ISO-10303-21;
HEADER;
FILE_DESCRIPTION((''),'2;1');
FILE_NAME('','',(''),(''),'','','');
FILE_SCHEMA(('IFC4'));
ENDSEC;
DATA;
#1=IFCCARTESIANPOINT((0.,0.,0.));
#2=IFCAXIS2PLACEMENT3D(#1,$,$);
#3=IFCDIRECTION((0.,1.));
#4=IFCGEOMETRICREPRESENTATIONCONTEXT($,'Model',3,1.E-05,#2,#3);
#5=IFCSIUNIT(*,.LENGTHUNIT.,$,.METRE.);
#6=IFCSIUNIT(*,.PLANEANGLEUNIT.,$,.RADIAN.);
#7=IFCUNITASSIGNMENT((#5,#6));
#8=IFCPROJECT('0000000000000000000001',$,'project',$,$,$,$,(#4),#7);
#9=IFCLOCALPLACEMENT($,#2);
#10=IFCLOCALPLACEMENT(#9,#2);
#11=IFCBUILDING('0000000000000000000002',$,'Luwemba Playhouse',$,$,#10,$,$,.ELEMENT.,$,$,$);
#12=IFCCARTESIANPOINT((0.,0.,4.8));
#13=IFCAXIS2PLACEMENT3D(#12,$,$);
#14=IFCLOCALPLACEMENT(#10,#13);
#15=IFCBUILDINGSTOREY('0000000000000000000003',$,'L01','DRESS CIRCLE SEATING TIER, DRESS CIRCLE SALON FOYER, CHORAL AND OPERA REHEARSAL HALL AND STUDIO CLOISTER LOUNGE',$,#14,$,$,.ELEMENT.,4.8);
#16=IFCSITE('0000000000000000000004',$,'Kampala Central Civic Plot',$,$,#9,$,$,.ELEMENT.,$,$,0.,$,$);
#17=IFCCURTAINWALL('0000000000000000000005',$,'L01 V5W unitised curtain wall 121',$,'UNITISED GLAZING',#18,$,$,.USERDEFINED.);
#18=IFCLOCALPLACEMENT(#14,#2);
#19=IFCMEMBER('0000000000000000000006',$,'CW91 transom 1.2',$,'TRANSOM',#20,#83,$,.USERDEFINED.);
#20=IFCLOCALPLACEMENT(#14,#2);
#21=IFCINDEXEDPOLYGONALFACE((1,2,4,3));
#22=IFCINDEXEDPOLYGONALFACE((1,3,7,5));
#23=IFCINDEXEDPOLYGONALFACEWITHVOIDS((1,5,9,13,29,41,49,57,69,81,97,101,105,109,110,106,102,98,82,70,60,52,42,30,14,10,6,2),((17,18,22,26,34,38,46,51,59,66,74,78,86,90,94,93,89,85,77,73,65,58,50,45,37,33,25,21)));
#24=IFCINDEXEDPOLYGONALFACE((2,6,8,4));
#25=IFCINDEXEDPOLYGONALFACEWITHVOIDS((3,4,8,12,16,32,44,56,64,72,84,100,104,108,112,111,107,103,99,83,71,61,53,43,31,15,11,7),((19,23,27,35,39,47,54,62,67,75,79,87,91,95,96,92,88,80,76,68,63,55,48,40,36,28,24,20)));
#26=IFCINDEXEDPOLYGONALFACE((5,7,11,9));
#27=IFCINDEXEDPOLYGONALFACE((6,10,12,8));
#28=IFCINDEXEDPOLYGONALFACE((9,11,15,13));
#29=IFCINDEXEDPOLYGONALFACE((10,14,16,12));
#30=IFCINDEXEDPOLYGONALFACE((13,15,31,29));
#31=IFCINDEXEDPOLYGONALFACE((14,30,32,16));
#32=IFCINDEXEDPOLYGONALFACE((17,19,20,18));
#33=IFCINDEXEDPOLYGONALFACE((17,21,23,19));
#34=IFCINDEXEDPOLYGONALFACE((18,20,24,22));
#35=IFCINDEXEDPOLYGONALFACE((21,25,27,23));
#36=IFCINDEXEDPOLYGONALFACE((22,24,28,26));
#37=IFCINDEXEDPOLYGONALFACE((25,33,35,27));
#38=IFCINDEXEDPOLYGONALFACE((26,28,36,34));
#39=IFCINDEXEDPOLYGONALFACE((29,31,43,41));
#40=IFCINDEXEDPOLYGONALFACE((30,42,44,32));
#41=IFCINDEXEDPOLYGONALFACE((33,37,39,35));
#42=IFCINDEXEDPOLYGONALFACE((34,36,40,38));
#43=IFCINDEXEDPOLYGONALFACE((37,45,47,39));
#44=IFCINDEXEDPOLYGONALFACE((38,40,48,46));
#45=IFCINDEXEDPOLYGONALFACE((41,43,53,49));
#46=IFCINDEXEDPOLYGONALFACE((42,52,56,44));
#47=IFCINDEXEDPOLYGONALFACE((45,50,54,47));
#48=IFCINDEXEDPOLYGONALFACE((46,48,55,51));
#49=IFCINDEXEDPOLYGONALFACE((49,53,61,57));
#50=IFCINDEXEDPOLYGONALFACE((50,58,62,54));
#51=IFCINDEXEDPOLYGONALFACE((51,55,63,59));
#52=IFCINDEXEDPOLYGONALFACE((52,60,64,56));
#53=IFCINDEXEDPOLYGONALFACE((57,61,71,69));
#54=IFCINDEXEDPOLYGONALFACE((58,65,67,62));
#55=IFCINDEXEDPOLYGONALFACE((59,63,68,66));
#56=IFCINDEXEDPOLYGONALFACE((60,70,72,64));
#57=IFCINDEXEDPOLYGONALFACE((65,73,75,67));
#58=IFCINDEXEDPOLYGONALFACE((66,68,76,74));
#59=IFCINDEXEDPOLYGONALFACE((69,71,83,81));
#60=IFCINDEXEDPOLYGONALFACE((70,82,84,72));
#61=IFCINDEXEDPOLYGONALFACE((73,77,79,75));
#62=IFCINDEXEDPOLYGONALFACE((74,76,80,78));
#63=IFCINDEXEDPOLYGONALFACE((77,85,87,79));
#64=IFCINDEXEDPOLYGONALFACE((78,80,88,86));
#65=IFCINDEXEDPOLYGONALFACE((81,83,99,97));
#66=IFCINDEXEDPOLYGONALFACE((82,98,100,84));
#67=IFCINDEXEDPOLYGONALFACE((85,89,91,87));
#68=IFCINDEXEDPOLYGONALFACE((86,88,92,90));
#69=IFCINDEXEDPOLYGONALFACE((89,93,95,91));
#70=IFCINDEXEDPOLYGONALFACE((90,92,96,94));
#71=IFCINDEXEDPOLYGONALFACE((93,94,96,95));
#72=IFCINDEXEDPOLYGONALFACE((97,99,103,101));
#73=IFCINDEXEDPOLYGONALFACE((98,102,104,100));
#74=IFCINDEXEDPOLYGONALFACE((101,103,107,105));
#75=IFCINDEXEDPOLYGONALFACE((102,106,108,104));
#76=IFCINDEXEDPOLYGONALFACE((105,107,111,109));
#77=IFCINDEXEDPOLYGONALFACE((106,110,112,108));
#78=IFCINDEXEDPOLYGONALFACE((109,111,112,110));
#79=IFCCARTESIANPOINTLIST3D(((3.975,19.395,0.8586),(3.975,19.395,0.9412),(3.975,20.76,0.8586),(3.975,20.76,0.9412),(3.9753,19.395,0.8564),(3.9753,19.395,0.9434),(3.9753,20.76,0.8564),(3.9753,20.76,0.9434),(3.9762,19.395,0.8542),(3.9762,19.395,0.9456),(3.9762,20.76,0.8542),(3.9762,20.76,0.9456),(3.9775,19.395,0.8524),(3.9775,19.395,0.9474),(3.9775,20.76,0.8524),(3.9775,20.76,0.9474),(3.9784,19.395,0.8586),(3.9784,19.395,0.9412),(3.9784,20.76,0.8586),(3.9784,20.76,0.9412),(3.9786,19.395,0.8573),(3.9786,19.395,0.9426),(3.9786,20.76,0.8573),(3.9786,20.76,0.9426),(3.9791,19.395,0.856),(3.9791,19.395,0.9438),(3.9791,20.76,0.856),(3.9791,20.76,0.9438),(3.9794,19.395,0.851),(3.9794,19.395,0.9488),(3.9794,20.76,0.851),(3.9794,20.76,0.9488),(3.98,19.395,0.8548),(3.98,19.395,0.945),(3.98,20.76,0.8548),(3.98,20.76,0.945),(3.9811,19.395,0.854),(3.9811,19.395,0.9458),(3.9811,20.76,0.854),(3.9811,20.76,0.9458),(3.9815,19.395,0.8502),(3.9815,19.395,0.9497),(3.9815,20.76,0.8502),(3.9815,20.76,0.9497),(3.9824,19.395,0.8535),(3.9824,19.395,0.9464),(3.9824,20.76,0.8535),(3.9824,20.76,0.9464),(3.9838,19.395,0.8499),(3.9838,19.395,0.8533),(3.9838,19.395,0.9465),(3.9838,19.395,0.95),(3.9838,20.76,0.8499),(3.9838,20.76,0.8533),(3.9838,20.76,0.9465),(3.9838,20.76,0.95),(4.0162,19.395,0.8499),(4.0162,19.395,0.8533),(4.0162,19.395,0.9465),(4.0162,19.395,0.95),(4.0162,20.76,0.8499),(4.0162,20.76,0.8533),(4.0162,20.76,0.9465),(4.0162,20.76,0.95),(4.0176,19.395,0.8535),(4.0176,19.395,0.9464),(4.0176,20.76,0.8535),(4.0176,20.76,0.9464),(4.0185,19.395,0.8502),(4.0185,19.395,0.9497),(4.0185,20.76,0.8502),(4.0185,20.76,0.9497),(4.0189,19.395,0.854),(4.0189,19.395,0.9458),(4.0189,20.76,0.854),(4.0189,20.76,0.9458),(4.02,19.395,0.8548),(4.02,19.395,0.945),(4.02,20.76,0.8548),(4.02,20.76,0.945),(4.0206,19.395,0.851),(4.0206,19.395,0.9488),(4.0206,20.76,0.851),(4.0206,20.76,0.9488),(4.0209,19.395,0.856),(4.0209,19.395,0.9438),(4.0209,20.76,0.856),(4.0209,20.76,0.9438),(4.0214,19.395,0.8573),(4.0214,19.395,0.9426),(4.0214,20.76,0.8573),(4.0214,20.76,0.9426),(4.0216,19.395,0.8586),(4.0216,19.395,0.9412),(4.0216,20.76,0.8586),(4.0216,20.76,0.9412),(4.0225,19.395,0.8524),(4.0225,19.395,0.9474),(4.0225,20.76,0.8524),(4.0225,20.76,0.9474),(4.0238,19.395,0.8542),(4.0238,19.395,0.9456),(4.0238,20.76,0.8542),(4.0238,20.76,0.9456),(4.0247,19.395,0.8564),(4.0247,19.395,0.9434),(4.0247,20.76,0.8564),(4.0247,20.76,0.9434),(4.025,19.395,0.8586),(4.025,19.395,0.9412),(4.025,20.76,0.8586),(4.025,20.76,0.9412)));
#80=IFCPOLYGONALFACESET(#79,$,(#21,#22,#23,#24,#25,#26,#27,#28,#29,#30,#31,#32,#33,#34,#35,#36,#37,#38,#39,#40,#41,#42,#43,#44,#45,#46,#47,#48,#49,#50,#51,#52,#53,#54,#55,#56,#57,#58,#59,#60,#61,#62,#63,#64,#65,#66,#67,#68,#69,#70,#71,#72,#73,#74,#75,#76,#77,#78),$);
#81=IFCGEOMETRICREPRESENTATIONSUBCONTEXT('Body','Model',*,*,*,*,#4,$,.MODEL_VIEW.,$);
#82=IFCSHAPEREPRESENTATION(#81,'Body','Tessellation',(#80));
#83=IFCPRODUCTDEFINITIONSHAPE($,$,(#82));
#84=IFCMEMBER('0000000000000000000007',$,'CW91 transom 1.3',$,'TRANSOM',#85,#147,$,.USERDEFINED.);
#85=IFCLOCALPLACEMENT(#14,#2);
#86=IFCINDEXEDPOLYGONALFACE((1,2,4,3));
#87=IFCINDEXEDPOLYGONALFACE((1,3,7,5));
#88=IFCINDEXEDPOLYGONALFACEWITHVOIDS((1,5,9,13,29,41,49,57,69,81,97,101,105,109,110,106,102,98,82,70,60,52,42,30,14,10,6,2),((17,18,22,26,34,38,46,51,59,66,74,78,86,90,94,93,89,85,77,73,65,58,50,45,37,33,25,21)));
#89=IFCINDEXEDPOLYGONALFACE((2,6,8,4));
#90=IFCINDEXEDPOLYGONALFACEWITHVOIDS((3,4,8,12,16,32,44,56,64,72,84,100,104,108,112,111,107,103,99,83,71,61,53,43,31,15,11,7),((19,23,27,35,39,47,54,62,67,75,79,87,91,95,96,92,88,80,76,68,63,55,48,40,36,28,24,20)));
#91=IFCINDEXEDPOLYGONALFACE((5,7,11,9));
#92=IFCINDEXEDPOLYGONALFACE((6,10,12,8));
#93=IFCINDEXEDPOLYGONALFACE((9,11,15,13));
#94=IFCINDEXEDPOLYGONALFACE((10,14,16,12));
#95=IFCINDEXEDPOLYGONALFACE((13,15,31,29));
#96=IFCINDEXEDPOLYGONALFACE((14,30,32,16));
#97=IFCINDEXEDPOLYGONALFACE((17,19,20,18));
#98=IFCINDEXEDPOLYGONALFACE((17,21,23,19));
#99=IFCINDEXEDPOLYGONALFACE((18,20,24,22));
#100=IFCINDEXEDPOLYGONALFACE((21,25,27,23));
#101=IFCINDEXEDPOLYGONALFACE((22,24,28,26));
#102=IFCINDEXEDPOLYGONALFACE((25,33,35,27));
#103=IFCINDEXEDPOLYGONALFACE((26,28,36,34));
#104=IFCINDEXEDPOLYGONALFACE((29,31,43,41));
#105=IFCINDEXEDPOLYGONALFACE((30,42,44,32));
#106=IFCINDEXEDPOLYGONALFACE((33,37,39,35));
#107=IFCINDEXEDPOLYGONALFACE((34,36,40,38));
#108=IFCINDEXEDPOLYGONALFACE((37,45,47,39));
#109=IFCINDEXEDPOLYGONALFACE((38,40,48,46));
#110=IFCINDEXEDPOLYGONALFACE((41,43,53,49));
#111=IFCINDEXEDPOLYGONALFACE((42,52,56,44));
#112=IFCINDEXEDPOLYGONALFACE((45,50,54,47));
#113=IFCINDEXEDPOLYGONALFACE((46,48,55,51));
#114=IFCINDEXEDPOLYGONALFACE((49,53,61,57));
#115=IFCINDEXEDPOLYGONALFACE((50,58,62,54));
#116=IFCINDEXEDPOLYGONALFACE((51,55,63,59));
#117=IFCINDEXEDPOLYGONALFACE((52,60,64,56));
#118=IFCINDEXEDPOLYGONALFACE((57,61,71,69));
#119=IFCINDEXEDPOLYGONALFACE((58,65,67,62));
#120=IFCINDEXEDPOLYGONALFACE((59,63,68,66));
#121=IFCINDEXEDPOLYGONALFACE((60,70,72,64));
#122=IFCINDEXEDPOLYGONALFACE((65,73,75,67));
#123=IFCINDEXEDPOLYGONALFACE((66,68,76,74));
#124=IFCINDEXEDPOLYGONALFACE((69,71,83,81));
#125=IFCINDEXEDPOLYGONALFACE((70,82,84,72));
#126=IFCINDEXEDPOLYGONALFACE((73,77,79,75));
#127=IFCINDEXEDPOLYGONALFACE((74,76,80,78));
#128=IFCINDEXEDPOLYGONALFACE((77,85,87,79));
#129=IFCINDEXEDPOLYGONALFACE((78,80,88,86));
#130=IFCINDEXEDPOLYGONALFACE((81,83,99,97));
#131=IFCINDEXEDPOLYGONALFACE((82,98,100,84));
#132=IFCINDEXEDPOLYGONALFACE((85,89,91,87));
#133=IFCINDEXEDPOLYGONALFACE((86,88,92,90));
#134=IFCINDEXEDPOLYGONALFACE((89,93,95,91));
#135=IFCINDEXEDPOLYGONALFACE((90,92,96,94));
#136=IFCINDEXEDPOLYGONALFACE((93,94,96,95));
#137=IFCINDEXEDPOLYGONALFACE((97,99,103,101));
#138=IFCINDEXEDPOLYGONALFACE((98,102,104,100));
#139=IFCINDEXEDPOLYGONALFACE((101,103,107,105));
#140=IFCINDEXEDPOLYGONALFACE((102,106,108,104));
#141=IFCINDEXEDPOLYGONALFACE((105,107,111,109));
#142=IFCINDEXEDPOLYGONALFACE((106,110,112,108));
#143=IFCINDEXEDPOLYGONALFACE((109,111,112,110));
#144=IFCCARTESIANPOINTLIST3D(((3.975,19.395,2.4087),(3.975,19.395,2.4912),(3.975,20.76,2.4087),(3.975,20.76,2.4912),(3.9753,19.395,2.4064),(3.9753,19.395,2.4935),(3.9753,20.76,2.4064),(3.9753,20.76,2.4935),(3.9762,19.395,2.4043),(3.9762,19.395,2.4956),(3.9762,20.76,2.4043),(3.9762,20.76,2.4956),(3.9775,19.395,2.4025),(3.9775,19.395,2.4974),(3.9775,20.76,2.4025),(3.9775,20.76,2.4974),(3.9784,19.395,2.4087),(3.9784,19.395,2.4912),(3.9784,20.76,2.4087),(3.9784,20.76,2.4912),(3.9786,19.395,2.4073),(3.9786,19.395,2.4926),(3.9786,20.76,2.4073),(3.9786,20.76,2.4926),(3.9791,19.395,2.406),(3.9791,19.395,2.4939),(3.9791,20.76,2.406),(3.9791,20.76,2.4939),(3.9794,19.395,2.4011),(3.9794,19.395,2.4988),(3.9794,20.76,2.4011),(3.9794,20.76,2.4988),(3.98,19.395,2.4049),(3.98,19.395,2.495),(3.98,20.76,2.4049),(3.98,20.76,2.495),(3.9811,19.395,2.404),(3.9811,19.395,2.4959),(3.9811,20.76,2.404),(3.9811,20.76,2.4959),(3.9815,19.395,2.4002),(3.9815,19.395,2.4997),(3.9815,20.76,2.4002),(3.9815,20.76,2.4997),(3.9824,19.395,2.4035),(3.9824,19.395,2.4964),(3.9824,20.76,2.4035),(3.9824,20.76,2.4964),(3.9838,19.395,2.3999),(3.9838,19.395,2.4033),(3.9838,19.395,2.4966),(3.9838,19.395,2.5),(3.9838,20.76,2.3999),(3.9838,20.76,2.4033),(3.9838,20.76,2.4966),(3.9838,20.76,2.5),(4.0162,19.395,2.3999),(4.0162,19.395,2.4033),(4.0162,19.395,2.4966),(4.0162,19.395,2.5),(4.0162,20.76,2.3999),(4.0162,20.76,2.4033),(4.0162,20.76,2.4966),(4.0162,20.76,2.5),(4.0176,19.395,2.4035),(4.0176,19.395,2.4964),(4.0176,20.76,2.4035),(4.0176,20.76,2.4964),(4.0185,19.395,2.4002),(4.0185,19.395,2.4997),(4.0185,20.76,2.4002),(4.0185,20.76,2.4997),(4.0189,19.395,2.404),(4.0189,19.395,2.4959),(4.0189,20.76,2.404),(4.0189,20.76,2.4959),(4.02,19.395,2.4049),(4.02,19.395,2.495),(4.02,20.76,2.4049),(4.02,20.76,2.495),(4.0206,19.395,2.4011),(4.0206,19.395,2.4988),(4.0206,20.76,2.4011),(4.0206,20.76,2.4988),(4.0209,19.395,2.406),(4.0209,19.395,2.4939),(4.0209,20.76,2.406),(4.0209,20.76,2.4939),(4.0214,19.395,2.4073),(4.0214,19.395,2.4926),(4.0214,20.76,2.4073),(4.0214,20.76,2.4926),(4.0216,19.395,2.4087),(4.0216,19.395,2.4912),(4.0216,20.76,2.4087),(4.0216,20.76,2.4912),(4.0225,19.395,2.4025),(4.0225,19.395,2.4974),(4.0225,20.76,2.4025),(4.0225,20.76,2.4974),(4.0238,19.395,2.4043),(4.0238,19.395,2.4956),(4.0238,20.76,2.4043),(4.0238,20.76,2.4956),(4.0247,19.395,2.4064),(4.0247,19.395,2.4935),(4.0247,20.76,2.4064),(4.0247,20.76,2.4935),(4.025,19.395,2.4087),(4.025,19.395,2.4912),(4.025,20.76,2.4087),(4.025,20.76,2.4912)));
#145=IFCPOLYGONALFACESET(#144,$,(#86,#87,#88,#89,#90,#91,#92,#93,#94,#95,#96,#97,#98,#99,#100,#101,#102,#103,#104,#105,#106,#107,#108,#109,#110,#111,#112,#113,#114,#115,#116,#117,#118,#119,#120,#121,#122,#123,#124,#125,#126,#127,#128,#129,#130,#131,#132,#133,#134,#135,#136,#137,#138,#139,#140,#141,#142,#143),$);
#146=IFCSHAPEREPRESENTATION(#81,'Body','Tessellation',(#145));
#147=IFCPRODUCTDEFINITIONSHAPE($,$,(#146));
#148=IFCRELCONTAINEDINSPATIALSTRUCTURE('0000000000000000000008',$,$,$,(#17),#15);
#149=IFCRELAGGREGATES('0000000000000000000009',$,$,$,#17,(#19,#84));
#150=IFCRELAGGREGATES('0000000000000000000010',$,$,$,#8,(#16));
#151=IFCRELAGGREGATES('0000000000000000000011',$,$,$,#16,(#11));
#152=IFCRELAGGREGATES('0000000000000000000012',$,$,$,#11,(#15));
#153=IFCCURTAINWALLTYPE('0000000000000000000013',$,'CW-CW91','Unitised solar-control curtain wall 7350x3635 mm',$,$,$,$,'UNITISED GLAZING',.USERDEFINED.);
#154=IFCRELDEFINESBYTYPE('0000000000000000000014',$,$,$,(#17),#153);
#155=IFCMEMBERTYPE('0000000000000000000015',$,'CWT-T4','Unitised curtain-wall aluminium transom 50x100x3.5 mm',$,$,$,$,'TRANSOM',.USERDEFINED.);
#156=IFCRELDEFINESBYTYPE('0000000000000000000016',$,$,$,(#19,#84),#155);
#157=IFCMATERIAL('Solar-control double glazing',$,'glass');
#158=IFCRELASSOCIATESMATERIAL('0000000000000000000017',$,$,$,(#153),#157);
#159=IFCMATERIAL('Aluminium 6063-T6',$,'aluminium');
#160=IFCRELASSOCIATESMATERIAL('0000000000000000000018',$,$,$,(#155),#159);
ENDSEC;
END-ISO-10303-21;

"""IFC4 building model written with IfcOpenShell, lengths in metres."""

from ifc_helpers import new_model, si_unit, direction, frame, origin, origin_2d, place, context, subcontext, project, spatial, hollow_rectangle, extrude, material, material_profile, profile_set, type_object, element, aggregate, save


model = new_model("IFC4")

# Units and contexts
model_context = context("Model", 3, precision=1e-05, world=origin(), true_north=direction((0.0, 1.0)))
body_context = subcontext(model_context, "Body", "Model", "MODEL_VIEW")
ifc_project = project(units=[si_unit("LENGTHUNIT", "METRE"), si_unit("PLANEANGLEUNIT", "RADIAN")], contexts=[model_context])

# Site, building, storey
site_placement = place(None, origin())
site = spatial("IfcSite", under=ifc_project, at=site_placement, Name="Kampala Central Civic Plot", CompositionType="ELEMENT", RefElevation=0.0)
building_placement = place(site_placement, origin())
building = spatial("IfcBuilding", under=site, at=building_placement, Name="Luwemba Playhouse", CompositionType="ELEMENT")
storey_placement = place(building_placement, frame((0.0, 0.0, 4.8)))
storey = spatial("IfcBuildingStorey", under=building, at=storey_placement, Name="L01", Description="DRESS CIRCLE SEATING TIER, DRESS CIRCLE SALON FOYER, CHORAL AND OPERA REHEARSAL HALL AND STUDIO CLOISTER LOUNGE", CompositionType="ELEMENT", Elevation=4.8)

# Curtain wall
ifc_material_1 = material(Name="Solar-control double glazing", Category="glass")
ifc_material_2 = material(Name="Aluminium 6063-T6", Category="aluminium")
curtain_wall_type_1 = type_object("IfcCurtainWallType", Name="CW-CW91", Description="Unitised solar-control curtain wall 7350x3635 mm", ElementType="UNITISED GLAZING", PredefinedType="USERDEFINED", material=ifc_material_1)
curtain_wall_1_placement = place(storey_placement, origin())
curtain_wall_1 = element("IfcCurtainWall", 1, at=curtain_wall_1_placement, inside=storey, type_object=curtain_wall_type_1, Name="L01 V5W unitised curtain wall 121", ObjectType="UNITISED GLAZING", PredefinedType="USERDEFINED")

# Members
ifc_material_profile_1 = material_profile(ifc_material_2, hollow_rectangle(XDim=0.05, YDim=0.1001, WallThickness=0.0034, InnerFilletRadius=0.0054, OuterFilletRadius=0.0088, at=origin_2d()))
ifc_profile_set_1 = profile_set([ifc_material_profile_1], Name="Aluminium 6063-T6")
member_type_1 = type_object("IfcMemberType", Name="CWT-T4", Description="Unitised curtain-wall aluminium transom 50x100x3.5 mm", ElementType="TRANSOM", PredefinedType="USERDEFINED", material=ifc_profile_set_1)
member_1_placement = place(storey_placement, frame((4.0, 19.395, 0.8999), z_axis=(0.0, 1.0, 0.0), x_axis=(-1.0, 0.0, 0.0)))
member_1 = element("IfcMember", 2, at=member_1_placement, type_object=member_type_1, Name="CW91 transom 1.2", ObjectType="TRANSOM", PredefinedType="USERDEFINED", context=body_context, shape_type="SweptSolid", body=[
    extrude(hollow_rectangle(XDim=0.05, YDim=0.1001, WallThickness=0.0034, InnerFilletRadius=0.0054, OuterFilletRadius=0.0088, at=origin_2d()), origin(), (0.0, 0.0, 1.0), 1.365),
])
member_2_placement = place(storey_placement, frame((4.0, 19.395, 2.45), z_axis=(0.0, 1.0, 0.0), x_axis=(-1.0, 0.0, 0.0)))
member_2 = element("IfcMember", 3, at=member_2_placement, type_object=member_type_1, Name="CW91 transom 1.3", ObjectType="TRANSOM", PredefinedType="USERDEFINED", context=body_context, shape_type="SweptSolid", body=[
    extrude(hollow_rectangle(XDim=0.05, YDim=0.1001, WallThickness=0.0034, InnerFilletRadius=0.0054, OuterFilletRadius=0.0088, at=origin_2d()), origin(), (0.0, 0.0, 1.0), 1.365),
])

aggregate(curtain_wall_1, [member_1, member_2])

save(model, "model.ifc")
